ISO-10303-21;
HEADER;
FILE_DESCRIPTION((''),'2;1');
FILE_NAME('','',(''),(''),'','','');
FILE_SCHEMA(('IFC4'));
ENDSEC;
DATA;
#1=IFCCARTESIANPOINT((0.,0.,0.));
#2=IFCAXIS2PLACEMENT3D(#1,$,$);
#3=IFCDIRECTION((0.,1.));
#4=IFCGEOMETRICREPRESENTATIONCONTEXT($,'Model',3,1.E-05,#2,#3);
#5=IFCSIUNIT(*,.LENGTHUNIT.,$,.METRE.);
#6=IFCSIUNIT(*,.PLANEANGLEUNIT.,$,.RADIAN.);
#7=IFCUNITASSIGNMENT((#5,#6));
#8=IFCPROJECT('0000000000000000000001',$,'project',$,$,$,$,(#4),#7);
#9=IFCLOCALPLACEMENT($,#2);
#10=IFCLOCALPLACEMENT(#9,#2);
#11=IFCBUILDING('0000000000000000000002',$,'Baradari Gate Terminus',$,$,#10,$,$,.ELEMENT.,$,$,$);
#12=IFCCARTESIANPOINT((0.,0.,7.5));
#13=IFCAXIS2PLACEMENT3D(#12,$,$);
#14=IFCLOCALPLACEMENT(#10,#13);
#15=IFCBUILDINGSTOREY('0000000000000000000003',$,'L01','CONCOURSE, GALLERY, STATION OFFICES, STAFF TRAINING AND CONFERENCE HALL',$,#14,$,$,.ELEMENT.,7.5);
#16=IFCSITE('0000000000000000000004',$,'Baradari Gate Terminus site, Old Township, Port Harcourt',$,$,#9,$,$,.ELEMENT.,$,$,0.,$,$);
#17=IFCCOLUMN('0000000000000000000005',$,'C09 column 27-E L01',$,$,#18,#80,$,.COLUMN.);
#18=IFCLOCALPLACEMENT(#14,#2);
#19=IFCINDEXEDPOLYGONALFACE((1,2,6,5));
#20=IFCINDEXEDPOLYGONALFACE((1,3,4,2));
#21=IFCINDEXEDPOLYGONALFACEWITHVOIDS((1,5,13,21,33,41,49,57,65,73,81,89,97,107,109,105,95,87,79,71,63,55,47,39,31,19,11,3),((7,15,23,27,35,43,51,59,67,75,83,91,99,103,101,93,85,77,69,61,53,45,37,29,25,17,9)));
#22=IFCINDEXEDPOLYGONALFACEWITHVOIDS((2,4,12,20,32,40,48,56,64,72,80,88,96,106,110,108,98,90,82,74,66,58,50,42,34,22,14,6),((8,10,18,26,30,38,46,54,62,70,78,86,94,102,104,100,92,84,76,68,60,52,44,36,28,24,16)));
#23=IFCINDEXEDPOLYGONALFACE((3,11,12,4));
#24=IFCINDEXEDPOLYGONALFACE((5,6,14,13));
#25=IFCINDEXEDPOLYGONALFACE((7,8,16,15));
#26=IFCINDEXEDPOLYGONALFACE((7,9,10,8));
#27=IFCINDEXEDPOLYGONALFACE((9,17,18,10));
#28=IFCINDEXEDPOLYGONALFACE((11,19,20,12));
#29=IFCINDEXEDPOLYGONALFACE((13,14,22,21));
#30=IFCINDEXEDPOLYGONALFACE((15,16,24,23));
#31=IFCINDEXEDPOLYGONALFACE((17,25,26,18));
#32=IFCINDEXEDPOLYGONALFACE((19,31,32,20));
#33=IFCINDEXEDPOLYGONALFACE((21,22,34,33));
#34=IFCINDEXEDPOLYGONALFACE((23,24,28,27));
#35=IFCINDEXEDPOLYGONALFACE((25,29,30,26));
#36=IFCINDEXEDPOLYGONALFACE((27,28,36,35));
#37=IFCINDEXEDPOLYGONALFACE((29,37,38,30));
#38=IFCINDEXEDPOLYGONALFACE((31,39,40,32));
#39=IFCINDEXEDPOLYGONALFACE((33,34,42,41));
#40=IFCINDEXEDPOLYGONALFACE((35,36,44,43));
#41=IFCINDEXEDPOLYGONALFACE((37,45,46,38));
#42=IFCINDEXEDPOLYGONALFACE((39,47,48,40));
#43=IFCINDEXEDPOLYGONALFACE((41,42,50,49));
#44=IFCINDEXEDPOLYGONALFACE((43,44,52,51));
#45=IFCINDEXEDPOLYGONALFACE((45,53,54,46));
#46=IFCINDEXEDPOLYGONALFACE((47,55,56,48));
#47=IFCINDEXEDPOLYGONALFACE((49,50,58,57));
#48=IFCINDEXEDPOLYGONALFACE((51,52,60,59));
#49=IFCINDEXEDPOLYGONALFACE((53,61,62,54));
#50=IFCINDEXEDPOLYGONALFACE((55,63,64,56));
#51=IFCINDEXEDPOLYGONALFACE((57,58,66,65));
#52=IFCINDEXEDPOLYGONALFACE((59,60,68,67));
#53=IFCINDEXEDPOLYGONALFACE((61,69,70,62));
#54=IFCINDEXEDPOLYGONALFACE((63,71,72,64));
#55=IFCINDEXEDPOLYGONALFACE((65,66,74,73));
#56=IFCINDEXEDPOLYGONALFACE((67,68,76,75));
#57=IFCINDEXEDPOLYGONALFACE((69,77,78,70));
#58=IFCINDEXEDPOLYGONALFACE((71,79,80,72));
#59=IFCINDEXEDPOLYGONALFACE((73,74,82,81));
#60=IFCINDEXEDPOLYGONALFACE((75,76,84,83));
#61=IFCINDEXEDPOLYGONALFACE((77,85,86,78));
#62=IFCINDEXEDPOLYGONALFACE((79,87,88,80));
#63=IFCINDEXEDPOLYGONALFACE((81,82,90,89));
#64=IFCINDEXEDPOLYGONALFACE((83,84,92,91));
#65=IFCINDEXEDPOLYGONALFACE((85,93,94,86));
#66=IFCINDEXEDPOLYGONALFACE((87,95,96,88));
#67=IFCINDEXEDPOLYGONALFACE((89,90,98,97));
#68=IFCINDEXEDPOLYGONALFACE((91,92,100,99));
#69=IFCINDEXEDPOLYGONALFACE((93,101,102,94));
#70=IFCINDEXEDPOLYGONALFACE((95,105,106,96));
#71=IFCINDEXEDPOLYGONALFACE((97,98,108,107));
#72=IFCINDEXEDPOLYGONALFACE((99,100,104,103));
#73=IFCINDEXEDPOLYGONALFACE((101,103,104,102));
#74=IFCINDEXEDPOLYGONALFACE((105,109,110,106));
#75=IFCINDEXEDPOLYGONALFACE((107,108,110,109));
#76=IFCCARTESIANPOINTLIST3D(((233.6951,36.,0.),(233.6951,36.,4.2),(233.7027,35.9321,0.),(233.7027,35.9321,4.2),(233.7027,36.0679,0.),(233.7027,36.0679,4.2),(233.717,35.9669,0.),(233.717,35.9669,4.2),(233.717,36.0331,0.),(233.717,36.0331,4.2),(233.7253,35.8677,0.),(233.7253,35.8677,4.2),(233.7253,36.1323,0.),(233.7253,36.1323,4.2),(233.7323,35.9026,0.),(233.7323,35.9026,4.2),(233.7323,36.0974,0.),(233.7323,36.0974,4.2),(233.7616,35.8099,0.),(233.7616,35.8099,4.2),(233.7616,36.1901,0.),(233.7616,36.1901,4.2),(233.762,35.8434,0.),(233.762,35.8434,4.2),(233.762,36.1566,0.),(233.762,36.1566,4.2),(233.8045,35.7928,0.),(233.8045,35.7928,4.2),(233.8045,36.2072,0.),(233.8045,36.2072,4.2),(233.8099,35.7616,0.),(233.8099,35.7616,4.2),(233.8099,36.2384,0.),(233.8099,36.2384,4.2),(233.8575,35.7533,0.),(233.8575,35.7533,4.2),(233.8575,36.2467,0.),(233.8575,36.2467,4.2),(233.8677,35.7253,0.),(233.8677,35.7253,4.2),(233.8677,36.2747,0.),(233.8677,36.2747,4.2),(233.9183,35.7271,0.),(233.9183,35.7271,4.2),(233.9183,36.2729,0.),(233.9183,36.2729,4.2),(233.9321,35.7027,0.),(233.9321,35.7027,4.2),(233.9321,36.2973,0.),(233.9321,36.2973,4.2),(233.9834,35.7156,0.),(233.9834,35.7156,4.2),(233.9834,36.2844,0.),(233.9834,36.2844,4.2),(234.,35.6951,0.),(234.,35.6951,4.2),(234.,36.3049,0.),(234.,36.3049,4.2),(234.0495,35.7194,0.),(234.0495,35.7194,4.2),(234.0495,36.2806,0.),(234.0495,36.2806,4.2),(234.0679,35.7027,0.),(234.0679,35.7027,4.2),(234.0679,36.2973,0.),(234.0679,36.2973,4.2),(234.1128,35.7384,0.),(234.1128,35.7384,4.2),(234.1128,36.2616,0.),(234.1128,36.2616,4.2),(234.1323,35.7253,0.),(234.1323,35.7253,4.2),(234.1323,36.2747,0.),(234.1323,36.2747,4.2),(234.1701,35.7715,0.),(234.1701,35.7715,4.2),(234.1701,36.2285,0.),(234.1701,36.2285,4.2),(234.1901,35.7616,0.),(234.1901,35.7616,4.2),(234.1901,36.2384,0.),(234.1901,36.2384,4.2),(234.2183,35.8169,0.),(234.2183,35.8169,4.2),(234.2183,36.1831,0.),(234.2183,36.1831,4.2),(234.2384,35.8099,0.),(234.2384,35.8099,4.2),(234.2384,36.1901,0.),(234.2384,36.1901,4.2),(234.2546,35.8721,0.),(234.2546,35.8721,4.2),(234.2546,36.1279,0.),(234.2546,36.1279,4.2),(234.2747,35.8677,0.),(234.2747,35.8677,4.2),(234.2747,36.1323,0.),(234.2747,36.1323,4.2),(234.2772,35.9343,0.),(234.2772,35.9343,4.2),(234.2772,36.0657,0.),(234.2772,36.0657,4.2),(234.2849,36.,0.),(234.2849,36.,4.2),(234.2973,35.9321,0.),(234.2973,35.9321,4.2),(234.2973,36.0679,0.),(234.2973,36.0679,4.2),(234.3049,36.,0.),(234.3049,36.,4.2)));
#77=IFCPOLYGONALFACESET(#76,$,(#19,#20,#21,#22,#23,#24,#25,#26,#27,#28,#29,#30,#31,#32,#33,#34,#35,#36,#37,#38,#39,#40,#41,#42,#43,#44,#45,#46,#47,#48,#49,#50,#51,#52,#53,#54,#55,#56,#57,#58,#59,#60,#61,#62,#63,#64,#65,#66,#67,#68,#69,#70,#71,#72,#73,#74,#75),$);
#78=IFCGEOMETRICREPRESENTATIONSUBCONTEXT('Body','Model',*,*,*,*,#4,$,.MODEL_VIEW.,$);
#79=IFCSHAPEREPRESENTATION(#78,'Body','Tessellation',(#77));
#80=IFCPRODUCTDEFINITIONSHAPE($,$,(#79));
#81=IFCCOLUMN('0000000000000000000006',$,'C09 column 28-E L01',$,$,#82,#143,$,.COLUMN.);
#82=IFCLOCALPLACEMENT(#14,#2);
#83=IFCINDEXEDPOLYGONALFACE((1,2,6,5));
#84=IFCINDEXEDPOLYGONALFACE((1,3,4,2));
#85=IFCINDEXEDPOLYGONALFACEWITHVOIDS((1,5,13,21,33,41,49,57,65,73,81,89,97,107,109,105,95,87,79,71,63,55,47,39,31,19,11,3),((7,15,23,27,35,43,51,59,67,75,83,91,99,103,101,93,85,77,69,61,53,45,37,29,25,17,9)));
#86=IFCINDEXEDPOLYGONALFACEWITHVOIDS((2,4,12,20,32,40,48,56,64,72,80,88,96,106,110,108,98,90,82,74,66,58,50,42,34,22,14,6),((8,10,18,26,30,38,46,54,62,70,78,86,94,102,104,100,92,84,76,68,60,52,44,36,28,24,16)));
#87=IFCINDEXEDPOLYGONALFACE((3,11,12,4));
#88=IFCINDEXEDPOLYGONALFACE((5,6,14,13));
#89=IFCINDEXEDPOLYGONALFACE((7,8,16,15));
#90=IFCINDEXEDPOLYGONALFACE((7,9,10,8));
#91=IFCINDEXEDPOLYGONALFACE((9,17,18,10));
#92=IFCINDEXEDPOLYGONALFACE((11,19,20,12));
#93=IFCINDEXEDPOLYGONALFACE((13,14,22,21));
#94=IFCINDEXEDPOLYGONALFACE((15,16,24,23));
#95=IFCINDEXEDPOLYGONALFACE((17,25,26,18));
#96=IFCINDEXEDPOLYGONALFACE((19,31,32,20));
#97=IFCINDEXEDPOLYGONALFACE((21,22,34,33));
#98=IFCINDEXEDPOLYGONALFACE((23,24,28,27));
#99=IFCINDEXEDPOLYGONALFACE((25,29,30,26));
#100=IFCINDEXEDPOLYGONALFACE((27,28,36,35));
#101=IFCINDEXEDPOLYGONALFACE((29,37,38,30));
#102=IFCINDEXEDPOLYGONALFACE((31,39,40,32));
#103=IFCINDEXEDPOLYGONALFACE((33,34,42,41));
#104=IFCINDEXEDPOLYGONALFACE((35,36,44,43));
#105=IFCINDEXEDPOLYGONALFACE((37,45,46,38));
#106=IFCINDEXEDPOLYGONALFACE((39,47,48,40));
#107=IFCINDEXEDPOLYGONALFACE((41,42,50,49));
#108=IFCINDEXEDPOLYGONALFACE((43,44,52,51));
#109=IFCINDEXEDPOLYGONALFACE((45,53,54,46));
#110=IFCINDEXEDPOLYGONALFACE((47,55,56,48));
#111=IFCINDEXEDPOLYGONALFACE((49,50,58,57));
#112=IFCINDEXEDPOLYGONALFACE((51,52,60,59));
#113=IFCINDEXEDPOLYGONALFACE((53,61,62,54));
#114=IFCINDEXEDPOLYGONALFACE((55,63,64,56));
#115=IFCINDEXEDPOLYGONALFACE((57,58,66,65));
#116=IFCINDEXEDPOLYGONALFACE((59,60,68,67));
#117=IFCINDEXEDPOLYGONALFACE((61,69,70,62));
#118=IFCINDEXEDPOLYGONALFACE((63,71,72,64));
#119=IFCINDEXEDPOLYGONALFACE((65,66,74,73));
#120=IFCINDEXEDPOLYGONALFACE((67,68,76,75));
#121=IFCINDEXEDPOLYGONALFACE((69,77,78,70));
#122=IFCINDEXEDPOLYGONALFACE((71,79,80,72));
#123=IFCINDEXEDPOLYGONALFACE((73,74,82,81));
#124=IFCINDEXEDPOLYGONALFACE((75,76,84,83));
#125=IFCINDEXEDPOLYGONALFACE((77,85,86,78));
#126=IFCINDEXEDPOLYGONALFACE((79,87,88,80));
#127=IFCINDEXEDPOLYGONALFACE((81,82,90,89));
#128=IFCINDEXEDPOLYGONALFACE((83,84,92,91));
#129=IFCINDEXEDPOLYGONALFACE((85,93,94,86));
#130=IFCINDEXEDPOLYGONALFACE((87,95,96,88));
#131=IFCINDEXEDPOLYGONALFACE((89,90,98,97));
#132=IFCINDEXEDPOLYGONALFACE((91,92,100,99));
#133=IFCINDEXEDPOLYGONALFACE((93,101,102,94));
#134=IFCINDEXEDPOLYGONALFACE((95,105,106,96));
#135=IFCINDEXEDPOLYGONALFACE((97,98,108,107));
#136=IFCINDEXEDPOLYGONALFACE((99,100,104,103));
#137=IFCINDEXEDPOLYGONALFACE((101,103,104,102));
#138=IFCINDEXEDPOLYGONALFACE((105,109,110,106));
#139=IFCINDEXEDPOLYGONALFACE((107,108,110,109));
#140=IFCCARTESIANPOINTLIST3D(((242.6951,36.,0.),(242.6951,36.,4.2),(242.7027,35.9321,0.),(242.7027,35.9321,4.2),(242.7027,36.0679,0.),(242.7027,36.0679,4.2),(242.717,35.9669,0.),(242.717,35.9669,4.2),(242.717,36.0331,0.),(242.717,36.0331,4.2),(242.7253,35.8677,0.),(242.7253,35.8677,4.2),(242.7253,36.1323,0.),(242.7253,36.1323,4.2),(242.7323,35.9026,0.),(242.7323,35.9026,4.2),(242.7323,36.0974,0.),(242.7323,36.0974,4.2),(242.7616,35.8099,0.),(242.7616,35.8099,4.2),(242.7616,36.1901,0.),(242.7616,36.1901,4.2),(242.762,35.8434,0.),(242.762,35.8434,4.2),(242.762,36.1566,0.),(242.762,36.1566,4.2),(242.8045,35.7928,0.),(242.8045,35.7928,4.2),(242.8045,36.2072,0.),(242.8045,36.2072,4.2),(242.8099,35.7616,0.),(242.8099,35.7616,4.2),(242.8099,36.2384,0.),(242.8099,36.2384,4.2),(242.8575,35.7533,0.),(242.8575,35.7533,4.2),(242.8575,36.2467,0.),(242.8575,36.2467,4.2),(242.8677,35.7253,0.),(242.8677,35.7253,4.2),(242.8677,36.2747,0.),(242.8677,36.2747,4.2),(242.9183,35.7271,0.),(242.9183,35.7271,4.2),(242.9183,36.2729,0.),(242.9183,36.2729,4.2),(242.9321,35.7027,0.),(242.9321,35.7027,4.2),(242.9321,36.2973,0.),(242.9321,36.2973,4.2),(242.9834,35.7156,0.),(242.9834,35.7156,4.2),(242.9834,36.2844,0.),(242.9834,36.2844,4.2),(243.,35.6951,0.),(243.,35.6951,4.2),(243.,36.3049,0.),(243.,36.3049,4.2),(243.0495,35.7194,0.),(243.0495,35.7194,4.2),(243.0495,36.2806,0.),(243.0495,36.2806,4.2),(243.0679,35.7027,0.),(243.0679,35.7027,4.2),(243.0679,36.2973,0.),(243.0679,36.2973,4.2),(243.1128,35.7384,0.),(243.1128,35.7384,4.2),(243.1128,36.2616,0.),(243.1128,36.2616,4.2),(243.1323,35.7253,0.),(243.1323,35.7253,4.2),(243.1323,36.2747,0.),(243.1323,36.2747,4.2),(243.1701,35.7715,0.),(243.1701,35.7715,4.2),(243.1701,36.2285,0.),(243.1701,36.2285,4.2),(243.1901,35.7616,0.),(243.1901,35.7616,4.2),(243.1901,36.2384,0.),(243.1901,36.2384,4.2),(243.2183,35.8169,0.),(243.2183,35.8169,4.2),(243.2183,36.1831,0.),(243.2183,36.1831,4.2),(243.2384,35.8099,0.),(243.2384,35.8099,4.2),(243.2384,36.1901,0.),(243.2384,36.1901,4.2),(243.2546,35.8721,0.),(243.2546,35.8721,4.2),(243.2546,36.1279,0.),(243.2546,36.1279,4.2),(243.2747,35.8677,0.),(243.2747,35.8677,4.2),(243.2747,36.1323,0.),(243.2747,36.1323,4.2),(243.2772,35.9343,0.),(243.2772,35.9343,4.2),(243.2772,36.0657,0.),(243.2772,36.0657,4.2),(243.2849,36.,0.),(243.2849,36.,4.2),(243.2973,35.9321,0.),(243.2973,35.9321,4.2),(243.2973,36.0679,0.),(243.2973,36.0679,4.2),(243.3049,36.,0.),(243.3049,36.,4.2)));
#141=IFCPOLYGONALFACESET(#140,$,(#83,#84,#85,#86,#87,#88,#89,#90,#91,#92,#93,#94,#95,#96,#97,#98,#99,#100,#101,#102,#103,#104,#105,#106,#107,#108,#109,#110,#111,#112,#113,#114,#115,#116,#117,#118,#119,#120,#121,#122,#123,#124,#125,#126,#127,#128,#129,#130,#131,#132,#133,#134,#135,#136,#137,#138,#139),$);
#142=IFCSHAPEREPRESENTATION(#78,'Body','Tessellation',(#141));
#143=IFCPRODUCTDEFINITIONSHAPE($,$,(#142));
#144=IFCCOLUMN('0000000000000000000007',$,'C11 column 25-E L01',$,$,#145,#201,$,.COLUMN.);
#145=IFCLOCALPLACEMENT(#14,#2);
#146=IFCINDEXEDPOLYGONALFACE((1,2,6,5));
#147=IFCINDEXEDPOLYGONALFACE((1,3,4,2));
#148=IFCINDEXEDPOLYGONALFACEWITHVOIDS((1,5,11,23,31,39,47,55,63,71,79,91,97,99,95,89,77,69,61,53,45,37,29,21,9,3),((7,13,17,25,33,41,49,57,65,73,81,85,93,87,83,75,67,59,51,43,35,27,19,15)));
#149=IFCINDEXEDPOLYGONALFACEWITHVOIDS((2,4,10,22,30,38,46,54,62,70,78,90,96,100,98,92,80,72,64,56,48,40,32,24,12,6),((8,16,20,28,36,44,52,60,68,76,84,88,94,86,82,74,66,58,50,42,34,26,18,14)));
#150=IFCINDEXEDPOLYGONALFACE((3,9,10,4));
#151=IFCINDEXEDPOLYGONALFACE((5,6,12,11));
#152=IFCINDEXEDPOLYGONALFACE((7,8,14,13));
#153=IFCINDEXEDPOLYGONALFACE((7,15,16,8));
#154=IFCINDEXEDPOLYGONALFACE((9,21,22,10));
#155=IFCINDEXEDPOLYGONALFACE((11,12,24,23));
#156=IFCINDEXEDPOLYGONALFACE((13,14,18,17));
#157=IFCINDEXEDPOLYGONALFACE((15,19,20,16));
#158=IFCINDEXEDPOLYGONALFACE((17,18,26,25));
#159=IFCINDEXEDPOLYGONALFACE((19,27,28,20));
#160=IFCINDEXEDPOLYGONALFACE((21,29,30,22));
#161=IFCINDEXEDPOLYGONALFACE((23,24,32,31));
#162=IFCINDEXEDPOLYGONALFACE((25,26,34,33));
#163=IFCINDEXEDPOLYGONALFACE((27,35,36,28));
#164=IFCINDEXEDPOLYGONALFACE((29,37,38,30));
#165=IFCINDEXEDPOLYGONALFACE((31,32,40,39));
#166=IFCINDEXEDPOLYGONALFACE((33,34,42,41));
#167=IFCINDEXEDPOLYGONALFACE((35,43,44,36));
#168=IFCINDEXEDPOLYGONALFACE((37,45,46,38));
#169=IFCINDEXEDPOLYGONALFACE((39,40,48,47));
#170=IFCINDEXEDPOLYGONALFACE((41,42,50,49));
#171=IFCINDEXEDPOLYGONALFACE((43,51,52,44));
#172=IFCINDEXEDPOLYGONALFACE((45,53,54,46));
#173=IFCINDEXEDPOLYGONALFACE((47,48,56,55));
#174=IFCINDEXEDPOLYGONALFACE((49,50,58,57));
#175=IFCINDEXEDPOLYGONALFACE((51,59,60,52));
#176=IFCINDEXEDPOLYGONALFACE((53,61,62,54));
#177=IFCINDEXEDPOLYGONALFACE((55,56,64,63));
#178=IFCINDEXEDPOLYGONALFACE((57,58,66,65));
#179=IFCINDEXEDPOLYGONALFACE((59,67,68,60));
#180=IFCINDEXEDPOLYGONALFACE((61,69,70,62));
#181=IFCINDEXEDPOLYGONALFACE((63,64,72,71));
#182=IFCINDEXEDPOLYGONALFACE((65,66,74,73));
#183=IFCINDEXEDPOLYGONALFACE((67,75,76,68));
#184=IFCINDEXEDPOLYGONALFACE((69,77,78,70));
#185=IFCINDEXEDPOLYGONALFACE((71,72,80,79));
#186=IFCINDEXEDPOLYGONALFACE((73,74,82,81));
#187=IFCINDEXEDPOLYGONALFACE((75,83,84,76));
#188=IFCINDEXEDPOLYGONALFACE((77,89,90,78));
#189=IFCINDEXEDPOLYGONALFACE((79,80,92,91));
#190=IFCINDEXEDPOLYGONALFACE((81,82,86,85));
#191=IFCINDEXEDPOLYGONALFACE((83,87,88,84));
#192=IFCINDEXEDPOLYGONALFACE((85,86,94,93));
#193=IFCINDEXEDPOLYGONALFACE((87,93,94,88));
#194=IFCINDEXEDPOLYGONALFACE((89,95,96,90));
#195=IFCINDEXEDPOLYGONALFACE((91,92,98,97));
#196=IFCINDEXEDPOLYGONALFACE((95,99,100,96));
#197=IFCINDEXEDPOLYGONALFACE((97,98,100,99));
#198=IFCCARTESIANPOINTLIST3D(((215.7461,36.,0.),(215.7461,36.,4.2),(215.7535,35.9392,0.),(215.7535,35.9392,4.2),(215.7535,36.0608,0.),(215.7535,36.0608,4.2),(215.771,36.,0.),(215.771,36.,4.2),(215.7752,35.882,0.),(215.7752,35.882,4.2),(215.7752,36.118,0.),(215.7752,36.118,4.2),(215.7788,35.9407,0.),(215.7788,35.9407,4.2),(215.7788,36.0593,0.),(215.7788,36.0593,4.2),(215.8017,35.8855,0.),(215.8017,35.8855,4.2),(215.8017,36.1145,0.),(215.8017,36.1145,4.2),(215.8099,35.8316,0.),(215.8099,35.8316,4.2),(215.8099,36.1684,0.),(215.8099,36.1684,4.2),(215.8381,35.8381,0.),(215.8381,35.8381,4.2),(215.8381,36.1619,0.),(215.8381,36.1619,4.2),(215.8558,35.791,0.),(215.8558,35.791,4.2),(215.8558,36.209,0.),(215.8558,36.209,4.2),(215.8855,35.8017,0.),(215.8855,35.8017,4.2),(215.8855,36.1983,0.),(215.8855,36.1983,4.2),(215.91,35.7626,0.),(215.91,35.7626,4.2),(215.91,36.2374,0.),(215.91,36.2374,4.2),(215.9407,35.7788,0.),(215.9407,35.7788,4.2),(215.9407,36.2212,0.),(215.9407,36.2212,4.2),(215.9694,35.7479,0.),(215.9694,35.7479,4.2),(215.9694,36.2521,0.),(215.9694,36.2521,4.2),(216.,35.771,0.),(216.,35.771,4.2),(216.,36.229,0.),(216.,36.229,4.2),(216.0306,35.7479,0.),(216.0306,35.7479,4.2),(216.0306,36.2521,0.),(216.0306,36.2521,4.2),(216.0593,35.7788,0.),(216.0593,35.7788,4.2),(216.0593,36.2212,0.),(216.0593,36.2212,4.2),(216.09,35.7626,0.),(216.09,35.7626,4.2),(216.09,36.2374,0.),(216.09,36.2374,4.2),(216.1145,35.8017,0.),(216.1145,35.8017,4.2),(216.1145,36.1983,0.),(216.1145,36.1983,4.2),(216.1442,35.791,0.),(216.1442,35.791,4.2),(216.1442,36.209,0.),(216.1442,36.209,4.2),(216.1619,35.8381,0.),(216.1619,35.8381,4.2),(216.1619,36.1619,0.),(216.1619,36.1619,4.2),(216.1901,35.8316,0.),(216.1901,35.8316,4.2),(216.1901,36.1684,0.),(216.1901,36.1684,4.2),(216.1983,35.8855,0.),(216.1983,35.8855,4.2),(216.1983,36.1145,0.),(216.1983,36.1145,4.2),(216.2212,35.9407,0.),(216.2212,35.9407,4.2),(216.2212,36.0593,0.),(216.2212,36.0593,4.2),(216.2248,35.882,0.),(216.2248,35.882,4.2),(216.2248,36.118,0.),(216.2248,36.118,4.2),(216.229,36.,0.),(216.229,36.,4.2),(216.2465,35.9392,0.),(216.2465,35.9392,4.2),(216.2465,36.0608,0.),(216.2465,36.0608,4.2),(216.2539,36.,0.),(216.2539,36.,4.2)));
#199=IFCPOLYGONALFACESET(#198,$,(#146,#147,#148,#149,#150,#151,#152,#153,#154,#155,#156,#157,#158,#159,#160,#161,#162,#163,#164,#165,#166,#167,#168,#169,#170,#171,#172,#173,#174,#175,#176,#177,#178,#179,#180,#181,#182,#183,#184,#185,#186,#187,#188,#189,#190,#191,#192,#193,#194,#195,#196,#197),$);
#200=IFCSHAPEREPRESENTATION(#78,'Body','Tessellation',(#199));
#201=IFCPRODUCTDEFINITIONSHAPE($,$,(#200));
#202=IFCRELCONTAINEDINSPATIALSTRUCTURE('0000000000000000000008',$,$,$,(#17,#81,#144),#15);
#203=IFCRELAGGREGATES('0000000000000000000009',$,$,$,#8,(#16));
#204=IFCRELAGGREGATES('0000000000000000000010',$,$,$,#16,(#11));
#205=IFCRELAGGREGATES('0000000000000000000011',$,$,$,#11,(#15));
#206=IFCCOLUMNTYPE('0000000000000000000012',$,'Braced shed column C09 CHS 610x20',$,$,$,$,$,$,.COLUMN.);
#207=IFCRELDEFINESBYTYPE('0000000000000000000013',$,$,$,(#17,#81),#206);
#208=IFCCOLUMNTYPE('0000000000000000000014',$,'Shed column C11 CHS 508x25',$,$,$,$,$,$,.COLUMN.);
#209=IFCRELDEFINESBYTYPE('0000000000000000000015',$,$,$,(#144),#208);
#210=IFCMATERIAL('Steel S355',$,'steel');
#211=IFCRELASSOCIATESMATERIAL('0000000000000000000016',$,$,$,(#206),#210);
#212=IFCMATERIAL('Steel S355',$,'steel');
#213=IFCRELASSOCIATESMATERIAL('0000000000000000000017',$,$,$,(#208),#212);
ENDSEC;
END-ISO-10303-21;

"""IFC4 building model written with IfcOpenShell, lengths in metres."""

from ifc_helpers import new_model, si_unit, direction, frame, origin, origin_2d, place, context, subcontext, project, spatial, hollow_circle, extrude, material, material_profile, profile_set, type_object, element, save


model = new_model("IFC4")

# Units and contexts
model_context = context("Model", 3, precision=1e-05, world=origin(), true_north=direction((0.0, 1.0)))
body_context = subcontext(model_context, "Body", "Model", "MODEL_VIEW")
ifc_project = project(units=[si_unit("LENGTHUNIT", "METRE"), si_unit("PLANEANGLEUNIT", "RADIAN")], contexts=[model_context])

# Site, building, storey
site_placement = place(None, origin())
site = spatial("IfcSite", under=ifc_project, at=site_placement, Name="Baradari Gate Terminus site, Old Township, Port Harcourt", CompositionType="ELEMENT", RefElevation=0.0)
building_placement = place(site_placement, origin())
building = spatial("IfcBuilding", under=site, at=building_placement, Name="Baradari Gate Terminus", CompositionType="ELEMENT")
storey_placement = place(building_placement, frame((0.0, 0.0, 7.5)))
storey = spatial("IfcBuildingStorey", under=building, at=storey_placement, Name="L01", Description="CONCOURSE, GALLERY, STATION OFFICES, STAFF TRAINING AND CONFERENCE HALL", CompositionType="ELEMENT", Elevation=7.5)

# Columns
ifc_material_1 = material(Name="Steel S355", Category="steel")
ifc_material_profile_1 = material_profile(ifc_material_1, hollow_circle(Radius=0.3049, WallThickness=0.02, at=origin_2d()), Name="CHS 610x20")
ifc_profile_set_1 = profile_set([ifc_material_profile_1], Name="Steel S355")
column_type_1 = type_object("IfcColumnType", Name="Braced shed column C09 CHS 610x20", PredefinedType="COLUMN", material=ifc_profile_set_1)
for number, where, z_axis, x_axis, name in (
    (1, (234.0, 36.0, 0.0), (0.0, 0.0, 1.0), (1.0, 0.0, 0.0), "C09 column 27-E L01"),
    (2, (243.0, 36.0, 0.0), (0.0, 0.0, 1.0), (1.0, 0.0, 0.0), "C09 column 28-E L01"),
):
    element("IfcColumn", number, at=place(storey_placement, frame(where, z_axis=z_axis, x_axis=x_axis)), inside=storey, type_object=column_type_1, Name=name, PredefinedType="COLUMN", context=body_context, shape_type="SweptSolid", body=[
        extrude(hollow_circle(Radius=0.3049, WallThickness=0.02, at=origin_2d()), origin(), (0.0, 0.0, 1.0), 4.2),
    ])
ifc_material_2 = material(Name="Steel S355", Category="steel")
ifc_material_profile_2 = material_profile(ifc_material_2, hollow_circle(Radius=0.2539, WallThickness=0.0249, at=origin_2d()), Name="CHS 508x25")
ifc_profile_set_2 = profile_set([ifc_material_profile_2], Name="Steel S355")
column_type_2 = type_object("IfcColumnType", Name="Shed column C11 CHS 508x25", PredefinedType="COLUMN", material=ifc_profile_set_2)
for number, where, z_axis, x_axis, name in (
    (3, (216.0, 36.0, 0.0), (0.0, 0.0, 1.0), (1.0, 0.0, 0.0), "C11 column 25-E L01"),
):
    element("IfcColumn", number, at=place(storey_placement, frame(where, z_axis=z_axis, x_axis=x_axis)), inside=storey, type_object=column_type_2, Name=name, PredefinedType="COLUMN", context=body_context, shape_type="SweptSolid", body=[
        extrude(hollow_circle(Radius=0.2539, WallThickness=0.0249, at=origin_2d()), origin(), (0.0, 0.0, 1.0), 4.2),
    ])

save(model, "model.ifc")
